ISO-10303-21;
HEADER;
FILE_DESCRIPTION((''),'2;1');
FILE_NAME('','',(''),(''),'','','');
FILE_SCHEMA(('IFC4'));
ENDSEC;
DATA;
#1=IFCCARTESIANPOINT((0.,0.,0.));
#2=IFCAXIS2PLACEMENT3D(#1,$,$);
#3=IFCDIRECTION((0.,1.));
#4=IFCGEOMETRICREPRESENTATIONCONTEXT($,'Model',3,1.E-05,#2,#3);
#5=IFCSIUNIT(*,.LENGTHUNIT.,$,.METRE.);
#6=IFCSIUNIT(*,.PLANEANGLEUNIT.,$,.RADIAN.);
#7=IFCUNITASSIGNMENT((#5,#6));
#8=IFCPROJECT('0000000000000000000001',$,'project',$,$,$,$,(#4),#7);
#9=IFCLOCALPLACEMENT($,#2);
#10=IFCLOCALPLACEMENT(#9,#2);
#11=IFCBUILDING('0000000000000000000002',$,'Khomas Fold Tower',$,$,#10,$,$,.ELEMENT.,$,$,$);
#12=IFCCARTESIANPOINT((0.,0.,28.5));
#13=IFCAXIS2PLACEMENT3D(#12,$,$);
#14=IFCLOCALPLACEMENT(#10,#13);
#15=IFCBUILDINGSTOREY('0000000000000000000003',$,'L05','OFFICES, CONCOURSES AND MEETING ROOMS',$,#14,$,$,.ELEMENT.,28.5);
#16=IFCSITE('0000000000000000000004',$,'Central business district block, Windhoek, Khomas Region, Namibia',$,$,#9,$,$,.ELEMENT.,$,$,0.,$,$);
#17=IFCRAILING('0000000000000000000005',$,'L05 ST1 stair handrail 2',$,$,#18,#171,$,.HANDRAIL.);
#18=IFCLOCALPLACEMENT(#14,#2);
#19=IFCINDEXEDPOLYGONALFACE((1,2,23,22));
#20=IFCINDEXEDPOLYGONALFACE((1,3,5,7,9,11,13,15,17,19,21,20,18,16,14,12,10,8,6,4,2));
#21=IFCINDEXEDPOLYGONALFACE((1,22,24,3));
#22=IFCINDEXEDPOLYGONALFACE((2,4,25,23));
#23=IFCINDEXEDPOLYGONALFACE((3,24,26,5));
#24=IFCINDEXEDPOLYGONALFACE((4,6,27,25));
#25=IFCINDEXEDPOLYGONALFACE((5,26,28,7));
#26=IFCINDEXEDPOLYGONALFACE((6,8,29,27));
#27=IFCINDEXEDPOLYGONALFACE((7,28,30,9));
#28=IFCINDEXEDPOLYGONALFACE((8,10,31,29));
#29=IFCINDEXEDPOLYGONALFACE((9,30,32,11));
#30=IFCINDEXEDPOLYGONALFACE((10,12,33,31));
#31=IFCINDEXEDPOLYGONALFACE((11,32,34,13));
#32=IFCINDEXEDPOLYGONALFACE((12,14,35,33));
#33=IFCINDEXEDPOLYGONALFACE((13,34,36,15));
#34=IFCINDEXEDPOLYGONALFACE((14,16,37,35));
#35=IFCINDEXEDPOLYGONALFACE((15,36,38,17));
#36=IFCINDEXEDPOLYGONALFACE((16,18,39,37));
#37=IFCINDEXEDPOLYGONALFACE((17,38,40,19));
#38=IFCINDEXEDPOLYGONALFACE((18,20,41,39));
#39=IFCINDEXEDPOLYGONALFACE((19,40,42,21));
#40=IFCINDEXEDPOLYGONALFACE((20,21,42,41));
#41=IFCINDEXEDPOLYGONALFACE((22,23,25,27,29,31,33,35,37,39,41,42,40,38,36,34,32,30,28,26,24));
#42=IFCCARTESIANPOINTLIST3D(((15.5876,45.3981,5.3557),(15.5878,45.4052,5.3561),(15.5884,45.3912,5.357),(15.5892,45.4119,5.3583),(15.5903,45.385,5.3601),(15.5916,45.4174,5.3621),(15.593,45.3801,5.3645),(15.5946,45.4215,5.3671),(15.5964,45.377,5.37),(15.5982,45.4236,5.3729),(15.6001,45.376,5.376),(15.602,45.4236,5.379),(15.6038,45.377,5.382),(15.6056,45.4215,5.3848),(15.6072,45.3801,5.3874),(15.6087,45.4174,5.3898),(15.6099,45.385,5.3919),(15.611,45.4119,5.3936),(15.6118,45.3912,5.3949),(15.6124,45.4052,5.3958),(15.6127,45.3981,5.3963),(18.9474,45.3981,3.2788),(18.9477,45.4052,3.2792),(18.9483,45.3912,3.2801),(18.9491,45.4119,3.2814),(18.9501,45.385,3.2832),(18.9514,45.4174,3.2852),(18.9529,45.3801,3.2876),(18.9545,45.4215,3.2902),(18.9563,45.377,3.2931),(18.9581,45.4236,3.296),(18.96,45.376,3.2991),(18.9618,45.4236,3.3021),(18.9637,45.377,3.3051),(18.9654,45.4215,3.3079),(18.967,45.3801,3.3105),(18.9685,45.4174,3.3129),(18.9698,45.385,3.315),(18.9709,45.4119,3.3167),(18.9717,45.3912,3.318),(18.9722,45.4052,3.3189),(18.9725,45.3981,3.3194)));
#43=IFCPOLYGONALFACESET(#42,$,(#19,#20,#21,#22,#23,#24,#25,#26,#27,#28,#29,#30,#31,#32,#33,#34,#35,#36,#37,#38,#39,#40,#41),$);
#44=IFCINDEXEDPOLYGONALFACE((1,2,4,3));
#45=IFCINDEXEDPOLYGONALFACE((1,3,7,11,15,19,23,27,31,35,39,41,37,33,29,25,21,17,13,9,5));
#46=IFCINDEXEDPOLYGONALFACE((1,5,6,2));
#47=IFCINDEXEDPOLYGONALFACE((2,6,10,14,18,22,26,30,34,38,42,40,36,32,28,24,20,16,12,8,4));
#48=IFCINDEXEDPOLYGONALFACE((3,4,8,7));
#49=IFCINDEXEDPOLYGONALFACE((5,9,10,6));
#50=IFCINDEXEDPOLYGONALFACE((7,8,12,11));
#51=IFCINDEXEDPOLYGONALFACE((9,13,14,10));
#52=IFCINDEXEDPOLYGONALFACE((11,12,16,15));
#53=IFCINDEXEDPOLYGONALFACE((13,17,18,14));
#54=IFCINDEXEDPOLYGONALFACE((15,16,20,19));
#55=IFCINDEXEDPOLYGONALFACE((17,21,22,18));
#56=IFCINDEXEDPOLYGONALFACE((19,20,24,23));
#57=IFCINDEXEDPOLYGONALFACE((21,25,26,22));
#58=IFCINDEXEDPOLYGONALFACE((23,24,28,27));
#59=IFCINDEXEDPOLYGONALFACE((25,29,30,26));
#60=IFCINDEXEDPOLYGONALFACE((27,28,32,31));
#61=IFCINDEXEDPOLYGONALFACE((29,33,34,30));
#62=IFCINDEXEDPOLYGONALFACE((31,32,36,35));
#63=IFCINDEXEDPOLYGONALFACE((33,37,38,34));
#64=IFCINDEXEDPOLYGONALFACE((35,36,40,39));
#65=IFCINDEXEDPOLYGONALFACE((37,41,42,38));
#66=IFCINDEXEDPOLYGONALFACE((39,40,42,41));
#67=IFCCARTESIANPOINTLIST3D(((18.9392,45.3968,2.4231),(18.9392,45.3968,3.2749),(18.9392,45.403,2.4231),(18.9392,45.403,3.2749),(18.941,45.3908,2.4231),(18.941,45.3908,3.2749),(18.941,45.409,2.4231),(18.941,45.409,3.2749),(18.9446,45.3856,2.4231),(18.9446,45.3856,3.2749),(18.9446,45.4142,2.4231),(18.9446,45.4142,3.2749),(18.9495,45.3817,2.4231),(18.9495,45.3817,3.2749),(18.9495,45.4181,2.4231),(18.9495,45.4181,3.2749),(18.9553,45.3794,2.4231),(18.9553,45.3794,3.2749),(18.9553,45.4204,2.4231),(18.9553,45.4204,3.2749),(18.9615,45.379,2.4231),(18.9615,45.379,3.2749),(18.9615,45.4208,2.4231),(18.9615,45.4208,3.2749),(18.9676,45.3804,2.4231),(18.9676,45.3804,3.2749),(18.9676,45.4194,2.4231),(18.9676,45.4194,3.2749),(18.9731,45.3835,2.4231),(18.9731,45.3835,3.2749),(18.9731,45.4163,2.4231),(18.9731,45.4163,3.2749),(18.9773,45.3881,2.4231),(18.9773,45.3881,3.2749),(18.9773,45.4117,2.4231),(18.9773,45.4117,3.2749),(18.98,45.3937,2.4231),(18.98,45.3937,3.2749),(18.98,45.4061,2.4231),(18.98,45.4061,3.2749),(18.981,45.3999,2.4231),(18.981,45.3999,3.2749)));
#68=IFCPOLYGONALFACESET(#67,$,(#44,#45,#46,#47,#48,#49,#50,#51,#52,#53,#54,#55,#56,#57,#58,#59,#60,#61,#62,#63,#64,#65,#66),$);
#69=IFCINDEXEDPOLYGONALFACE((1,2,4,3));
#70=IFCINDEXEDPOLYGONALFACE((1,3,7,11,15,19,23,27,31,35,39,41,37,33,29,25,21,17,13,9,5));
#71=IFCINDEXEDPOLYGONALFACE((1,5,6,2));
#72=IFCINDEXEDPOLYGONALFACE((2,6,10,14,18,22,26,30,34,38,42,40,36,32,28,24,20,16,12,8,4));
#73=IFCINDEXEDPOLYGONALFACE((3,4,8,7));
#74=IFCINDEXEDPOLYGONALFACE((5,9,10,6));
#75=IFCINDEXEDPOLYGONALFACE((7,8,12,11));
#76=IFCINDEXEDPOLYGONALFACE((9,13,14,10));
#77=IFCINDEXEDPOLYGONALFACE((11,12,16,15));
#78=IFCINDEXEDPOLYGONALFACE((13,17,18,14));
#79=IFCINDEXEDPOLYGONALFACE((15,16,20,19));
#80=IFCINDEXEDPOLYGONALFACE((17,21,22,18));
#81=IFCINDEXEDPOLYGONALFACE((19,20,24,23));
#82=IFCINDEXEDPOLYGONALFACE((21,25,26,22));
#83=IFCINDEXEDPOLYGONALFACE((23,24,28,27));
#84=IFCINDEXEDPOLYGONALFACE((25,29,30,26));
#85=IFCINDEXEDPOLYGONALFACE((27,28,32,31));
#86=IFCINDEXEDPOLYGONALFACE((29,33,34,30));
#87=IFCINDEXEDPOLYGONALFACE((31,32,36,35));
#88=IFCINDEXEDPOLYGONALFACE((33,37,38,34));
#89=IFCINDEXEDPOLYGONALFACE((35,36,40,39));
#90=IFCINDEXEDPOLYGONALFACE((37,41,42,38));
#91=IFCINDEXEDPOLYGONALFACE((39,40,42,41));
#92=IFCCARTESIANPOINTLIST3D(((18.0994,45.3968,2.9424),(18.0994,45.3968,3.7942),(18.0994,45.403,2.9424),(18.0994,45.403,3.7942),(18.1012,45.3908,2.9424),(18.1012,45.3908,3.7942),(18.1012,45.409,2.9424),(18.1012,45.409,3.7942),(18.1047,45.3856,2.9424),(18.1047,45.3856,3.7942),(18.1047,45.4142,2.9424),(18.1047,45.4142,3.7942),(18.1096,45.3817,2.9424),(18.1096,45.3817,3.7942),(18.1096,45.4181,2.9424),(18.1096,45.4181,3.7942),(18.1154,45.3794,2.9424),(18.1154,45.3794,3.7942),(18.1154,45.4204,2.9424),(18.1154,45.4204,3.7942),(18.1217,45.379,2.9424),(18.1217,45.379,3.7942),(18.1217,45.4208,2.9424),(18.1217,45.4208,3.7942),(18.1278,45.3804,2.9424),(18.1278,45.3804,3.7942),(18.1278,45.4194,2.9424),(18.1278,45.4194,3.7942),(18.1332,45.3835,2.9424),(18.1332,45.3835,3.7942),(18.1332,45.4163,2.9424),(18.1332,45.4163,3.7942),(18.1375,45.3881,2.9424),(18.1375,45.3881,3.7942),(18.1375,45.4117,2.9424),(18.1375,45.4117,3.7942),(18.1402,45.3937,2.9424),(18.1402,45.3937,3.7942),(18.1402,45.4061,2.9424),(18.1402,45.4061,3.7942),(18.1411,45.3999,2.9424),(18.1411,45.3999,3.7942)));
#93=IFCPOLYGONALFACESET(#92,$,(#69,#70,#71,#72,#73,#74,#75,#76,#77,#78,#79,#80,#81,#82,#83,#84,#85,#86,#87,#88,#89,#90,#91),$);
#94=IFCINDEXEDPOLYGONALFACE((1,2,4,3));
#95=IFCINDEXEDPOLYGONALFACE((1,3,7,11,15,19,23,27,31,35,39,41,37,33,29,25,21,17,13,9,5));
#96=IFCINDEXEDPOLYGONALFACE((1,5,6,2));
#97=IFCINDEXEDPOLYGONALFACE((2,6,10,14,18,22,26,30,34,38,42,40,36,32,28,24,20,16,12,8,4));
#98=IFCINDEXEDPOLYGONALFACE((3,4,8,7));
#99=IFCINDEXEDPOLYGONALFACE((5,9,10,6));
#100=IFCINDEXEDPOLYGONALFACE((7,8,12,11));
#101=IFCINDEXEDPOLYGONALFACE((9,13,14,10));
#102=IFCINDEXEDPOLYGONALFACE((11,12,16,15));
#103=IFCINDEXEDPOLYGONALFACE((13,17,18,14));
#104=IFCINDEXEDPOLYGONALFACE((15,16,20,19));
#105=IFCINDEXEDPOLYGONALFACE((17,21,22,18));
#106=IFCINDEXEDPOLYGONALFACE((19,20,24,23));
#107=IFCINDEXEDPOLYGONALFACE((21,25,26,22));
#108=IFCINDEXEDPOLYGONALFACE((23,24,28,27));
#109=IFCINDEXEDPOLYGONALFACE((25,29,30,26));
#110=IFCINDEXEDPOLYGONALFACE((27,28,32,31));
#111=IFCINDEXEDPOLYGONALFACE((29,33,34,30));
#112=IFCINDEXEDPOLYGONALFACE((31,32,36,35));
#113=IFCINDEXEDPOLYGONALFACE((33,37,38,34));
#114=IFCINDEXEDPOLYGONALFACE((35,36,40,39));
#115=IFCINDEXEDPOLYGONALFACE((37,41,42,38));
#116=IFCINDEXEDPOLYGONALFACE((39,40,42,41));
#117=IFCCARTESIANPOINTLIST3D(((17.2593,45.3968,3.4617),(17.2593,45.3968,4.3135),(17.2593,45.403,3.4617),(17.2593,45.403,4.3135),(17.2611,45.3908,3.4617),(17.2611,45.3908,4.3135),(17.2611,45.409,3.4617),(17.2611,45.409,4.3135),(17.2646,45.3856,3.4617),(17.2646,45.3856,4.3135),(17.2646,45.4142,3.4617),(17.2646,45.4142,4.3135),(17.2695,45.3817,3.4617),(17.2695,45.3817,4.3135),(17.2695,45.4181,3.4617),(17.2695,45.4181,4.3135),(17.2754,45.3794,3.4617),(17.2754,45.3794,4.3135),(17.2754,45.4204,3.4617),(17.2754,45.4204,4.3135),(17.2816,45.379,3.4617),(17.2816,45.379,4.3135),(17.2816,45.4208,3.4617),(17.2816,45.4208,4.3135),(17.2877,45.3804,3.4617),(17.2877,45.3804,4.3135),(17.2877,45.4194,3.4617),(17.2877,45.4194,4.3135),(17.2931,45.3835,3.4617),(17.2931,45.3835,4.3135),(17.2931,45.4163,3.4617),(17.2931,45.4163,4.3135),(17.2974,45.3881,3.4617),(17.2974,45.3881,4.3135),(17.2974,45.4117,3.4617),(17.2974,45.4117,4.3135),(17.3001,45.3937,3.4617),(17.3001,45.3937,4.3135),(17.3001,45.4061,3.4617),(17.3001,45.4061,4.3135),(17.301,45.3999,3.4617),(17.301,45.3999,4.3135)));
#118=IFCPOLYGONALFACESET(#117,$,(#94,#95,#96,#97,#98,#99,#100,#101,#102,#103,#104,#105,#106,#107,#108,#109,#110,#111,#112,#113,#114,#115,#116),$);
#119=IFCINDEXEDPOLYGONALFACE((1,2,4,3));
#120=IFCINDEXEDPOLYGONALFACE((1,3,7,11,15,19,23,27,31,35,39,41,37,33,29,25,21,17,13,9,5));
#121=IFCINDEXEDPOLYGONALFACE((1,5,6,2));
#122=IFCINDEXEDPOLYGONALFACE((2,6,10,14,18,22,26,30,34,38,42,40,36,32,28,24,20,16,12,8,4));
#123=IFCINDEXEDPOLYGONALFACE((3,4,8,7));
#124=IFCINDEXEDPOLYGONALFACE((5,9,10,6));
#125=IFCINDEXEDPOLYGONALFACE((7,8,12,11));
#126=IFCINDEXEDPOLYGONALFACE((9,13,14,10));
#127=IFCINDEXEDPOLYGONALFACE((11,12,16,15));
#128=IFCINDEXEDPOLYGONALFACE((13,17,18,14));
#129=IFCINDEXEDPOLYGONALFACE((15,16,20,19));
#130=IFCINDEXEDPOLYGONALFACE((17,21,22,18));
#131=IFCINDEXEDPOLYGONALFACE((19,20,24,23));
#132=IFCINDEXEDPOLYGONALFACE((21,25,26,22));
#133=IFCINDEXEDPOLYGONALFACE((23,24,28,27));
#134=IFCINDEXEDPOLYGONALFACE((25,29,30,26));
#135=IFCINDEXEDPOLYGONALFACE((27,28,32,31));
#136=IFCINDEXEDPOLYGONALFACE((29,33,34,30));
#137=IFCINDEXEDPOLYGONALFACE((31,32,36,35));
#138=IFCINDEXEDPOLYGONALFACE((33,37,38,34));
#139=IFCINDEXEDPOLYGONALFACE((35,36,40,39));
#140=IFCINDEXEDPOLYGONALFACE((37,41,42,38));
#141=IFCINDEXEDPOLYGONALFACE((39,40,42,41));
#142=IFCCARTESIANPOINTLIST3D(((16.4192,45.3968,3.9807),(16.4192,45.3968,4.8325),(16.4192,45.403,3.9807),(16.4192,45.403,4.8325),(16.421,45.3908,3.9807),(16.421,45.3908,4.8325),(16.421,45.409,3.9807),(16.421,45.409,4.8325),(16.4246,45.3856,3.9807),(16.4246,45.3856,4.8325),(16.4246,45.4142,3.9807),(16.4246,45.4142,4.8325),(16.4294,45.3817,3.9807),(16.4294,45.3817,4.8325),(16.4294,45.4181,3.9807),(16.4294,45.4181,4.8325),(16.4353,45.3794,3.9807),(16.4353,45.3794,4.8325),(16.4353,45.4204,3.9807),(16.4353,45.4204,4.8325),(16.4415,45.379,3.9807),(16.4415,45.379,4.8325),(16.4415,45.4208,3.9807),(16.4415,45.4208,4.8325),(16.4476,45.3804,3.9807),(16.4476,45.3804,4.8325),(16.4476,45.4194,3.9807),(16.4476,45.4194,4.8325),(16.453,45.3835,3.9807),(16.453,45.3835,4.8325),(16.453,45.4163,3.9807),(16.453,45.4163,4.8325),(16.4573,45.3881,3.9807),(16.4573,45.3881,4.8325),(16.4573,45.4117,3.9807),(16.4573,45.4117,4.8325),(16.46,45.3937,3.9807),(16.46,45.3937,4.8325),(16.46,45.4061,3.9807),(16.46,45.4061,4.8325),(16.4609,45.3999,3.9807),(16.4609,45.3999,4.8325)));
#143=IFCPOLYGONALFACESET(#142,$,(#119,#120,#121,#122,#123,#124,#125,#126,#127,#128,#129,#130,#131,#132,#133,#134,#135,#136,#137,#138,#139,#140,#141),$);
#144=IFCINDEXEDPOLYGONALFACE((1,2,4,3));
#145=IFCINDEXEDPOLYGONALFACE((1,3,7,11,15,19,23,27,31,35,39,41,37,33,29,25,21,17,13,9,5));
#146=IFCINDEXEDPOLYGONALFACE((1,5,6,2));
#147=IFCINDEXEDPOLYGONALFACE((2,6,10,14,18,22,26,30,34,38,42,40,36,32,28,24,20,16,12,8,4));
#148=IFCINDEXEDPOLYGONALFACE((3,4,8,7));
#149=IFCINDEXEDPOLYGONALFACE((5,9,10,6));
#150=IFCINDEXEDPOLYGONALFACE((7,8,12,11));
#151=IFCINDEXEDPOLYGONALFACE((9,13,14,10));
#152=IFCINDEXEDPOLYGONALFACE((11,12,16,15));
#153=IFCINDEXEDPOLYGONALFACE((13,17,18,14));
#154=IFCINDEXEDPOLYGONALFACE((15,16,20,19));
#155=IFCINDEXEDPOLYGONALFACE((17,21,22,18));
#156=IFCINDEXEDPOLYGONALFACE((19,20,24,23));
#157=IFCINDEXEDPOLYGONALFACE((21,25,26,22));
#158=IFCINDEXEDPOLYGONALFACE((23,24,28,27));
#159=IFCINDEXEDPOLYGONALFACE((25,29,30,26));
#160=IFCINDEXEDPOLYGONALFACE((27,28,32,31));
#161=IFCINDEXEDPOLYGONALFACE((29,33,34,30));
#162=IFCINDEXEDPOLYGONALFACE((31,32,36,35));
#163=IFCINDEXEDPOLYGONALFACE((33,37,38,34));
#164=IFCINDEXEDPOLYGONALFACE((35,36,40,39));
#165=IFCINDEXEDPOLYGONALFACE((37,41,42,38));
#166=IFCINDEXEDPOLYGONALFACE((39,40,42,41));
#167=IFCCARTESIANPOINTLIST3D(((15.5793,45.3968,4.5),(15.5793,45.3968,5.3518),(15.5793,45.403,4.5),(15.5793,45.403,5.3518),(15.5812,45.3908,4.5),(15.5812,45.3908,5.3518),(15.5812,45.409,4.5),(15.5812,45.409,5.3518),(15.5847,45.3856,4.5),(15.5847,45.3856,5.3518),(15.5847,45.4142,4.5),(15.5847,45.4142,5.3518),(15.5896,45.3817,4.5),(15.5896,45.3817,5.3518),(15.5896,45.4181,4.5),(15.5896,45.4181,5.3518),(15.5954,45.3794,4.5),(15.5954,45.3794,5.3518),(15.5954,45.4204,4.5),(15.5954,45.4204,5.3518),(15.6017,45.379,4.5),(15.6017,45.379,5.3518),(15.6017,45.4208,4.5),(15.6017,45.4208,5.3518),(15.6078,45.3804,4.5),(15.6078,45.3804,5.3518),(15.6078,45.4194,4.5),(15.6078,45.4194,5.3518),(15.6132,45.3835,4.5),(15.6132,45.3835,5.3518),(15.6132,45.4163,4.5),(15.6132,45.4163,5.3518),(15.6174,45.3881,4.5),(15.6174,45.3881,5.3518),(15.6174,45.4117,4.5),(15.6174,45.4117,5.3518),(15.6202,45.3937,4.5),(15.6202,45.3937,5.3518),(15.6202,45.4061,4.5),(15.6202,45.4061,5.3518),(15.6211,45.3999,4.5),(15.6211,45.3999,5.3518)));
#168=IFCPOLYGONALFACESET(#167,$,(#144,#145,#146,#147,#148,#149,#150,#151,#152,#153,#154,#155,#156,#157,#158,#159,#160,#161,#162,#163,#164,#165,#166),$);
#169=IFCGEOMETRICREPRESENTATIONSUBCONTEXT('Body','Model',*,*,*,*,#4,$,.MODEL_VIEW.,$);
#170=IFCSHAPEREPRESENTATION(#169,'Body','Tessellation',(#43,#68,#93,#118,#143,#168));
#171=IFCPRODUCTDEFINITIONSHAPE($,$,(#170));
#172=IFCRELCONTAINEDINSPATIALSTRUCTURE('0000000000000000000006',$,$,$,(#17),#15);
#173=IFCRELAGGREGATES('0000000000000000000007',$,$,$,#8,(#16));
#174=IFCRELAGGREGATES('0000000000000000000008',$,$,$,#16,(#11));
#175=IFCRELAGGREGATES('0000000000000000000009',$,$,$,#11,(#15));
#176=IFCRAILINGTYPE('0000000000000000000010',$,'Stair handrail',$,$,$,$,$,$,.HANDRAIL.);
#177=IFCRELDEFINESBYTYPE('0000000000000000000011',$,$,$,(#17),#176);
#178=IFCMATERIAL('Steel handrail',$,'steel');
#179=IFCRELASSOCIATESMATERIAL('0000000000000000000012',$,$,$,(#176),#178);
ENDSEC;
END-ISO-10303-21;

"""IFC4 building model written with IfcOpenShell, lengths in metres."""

from ifc_helpers import new_model, si_unit, direction, frame, origin, origin_2d, place, context, subcontext, project, spatial, circle, extrude, source, transform, mapped, material, type_object, element, save


model = new_model("IFC4")

# Units and contexts
model_context = context("Model", 3, precision=1e-05, world=origin(), true_north=direction((0.0, 1.0)))
body_context = subcontext(model_context, "Body", "Model", "MODEL_VIEW")
ifc_project = project(units=[si_unit("LENGTHUNIT", "METRE"), si_unit("PLANEANGLEUNIT", "RADIAN")], contexts=[model_context])

# Site, building, storey
site_placement = place(None, origin())
site = spatial("IfcSite", under=ifc_project, at=site_placement, Name="Central business district block, Windhoek, Khomas Region, Namibia", CompositionType="ELEMENT", RefElevation=0.0)
building_placement = place(site_placement, origin())
building = spatial("IfcBuilding", under=site, at=building_placement, Name="Khomas Fold Tower", CompositionType="ELEMENT")
storey_placement = place(building_placement, frame((0.0, 0.0, 28.5)))
storey = spatial("IfcBuildingStorey", under=building, at=storey_placement, Name="L05", Description="OFFICES, CONCOURSES AND MEETING ROOMS", CompositionType="ELEMENT", Elevation=28.5)

# Railing
ifc_material_1 = material(Name="Steel handrail", Category="steel")
railing_type_1 = type_object("IfcRailingType", Name="Stair handrail", PredefinedType="HANDRAIL", material=ifc_material_1)
shared_shape_1 = source(origin(), body_context, "Body", "SweptSolid", [
    extrude(circle(Radius=0.0239, at=origin_2d()), frame((0.0, 0.0, 0.876), z_axis=(-0.850606, 0.0, 0.525803), x_axis=(0.0, -1.0, 0.0)), (0.0, 0.0, 1.0), 3.95),
    extrude(circle(Radius=0.021, at=origin_2d()), origin(), (0.0, 0.0, 1.0), 0.8518),
    extrude(circle(Radius=0.021, at=origin_2d()), frame((-0.8398, 0.0, 0.5193)), (0.0, 0.0, 1.0), 0.8518),
    extrude(circle(Radius=0.021, at=origin_2d()), frame((-1.6799, 0.0, 1.0386)), (0.0, 0.0, 1.0), 0.8518),
    extrude(circle(Radius=0.021, at=origin_2d()), frame((-2.52, 0.0, 1.5576)), (0.0, 0.0, 1.0), 0.8518),
    extrude(circle(Radius=0.021, at=origin_2d()), frame((-3.3599, 0.0, 2.0769)), (0.0, 0.0, 1.0), 0.8518),
])
railing_1_placement = place(storey_placement, frame((18.96, 45.3999, 2.4231)))
element("IfcRailing", 1, at=railing_1_placement, inside=storey, type_object=railing_type_1, Name="L05 ST1 stair handrail 2", PredefinedType="HANDRAIL", context=body_context, shape_type="MappedRepresentation", body=[
    mapped(shared_shape_1, transform((0.0, 0.0, 0.0))),
])

save(model, "model.ifc")
